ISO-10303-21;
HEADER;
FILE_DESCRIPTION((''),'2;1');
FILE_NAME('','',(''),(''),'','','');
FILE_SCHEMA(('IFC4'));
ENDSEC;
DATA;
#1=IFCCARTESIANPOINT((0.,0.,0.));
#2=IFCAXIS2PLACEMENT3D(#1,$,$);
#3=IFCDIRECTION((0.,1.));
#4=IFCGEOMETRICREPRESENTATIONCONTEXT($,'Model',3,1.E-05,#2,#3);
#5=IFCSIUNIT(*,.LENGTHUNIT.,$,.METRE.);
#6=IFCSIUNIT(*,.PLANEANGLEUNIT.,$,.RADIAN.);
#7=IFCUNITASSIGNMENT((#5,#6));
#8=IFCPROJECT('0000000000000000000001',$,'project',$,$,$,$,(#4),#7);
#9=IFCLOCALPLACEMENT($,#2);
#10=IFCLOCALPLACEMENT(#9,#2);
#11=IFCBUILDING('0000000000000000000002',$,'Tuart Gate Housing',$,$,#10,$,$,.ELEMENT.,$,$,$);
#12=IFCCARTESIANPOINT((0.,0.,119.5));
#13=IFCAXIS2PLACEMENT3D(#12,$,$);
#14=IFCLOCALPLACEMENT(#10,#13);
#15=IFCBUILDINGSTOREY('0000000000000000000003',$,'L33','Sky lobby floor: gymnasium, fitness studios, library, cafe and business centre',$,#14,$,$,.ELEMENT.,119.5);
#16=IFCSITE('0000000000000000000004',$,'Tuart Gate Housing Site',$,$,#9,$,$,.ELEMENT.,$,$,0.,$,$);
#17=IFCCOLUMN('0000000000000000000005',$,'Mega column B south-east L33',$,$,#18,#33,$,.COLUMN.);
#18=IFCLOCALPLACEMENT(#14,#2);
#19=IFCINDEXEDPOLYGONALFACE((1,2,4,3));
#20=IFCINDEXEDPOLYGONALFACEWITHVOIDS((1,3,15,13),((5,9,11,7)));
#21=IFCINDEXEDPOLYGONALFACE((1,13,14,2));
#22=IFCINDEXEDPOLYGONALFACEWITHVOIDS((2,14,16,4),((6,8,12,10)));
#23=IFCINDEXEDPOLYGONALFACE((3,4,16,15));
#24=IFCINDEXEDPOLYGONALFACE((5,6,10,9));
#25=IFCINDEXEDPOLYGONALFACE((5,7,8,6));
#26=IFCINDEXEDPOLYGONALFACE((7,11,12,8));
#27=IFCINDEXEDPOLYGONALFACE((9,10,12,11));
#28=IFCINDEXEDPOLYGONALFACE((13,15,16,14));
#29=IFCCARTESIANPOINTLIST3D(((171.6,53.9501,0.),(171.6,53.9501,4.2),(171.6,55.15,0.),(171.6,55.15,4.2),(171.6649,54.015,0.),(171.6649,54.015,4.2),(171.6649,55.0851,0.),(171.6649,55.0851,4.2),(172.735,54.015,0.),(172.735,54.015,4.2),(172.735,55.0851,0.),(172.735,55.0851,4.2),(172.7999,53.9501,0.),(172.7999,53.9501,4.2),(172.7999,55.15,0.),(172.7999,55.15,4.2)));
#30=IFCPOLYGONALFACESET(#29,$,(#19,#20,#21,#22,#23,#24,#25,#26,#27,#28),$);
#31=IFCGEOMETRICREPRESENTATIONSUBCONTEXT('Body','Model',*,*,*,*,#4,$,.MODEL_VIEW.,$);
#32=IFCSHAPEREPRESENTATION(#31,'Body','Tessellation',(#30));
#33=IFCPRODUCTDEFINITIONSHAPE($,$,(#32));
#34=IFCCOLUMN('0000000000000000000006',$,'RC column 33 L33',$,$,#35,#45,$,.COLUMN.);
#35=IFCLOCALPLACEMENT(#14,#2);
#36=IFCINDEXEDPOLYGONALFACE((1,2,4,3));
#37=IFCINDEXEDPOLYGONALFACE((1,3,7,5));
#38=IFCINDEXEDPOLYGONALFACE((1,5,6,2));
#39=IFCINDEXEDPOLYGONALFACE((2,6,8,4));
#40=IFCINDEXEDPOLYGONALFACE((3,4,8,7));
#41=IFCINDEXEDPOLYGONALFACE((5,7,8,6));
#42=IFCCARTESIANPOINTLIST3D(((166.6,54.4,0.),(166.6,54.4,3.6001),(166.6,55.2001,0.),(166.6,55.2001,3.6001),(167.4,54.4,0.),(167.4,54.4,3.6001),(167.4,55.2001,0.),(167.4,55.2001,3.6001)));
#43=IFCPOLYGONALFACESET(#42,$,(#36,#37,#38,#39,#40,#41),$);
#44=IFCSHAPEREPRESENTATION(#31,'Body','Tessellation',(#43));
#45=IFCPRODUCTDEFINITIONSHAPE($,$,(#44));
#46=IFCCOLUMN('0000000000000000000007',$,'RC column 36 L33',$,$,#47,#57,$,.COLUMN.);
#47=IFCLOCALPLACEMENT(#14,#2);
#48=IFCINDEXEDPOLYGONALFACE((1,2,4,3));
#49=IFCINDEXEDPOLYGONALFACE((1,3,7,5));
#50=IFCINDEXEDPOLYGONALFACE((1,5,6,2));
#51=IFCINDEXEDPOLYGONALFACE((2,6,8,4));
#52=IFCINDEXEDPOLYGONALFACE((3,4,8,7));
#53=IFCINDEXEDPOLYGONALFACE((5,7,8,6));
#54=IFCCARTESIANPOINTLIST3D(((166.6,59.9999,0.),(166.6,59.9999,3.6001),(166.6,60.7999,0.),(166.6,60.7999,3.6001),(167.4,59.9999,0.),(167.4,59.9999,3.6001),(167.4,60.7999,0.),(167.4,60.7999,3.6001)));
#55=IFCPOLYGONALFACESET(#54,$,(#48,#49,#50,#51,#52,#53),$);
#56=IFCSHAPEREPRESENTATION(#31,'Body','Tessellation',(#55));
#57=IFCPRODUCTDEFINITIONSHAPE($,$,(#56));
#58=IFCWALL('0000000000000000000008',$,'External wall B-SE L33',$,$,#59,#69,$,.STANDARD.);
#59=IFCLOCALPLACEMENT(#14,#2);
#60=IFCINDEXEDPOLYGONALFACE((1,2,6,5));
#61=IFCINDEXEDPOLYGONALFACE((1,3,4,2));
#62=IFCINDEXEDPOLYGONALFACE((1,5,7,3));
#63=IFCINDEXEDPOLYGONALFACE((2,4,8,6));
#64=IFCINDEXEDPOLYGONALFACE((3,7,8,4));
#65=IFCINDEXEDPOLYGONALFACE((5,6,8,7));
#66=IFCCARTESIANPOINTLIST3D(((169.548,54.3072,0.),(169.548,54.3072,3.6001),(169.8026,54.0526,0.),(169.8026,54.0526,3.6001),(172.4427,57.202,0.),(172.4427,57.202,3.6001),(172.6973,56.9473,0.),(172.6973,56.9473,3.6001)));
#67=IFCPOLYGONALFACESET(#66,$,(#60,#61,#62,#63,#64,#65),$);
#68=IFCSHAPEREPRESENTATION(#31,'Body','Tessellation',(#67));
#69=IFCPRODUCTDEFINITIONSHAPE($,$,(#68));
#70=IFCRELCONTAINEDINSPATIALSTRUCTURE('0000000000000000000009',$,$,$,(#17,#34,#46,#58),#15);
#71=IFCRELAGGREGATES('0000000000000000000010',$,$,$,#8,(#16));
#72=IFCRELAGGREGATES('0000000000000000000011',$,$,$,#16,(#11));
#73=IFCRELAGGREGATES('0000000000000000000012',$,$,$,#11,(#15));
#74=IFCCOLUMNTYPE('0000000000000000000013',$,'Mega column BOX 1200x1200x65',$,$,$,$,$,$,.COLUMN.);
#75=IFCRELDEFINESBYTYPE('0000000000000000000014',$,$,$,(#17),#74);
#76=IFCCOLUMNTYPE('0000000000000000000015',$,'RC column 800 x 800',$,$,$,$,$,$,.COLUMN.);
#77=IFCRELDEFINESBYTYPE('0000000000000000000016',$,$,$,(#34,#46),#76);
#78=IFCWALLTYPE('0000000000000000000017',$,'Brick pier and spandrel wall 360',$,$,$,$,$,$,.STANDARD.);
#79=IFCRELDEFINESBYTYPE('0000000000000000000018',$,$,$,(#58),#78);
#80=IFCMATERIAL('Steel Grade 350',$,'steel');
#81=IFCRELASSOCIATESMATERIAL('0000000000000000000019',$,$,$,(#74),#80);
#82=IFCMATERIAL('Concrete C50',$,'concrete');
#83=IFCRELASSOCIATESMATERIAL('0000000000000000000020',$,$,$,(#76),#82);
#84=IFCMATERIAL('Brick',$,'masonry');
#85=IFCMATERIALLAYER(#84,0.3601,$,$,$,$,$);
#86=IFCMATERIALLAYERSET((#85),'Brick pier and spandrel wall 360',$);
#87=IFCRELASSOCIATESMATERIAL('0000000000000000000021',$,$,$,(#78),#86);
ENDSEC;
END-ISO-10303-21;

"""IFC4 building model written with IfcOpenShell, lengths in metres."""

from ifc_helpers import new_model, si_unit, direction, frame, frame_2d, origin, origin_2d, place, context, subcontext, project, spatial, rectangle, hollow_rectangle, extrude, material, layer, layer_set, material_profile, profile_set, type_object, element, save


model = new_model("IFC4")

# Units and contexts
model_context = context("Model", 3, precision=1e-05, world=origin(), true_north=direction((0.0, 1.0)))
body_context = subcontext(model_context, "Body", "Model", "MODEL_VIEW")
ifc_project = project(units=[si_unit("LENGTHUNIT", "METRE"), si_unit("PLANEANGLEUNIT", "RADIAN")], contexts=[model_context])

# Site, building, storey
site_placement = place(None, origin())
site = spatial("IfcSite", under=ifc_project, at=site_placement, Name="Tuart Gate Housing Site", CompositionType="ELEMENT", RefElevation=0.0)
building_placement = place(site_placement, origin())
building = spatial("IfcBuilding", under=site, at=building_placement, Name="Tuart Gate Housing", CompositionType="ELEMENT")
storey_placement = place(building_placement, frame((0.0, 0.0, 119.5)))
storey = spatial("IfcBuildingStorey", under=building, at=storey_placement, Name="L33", Description="Sky lobby floor: gymnasium, fitness studios, library, cafe and business centre", CompositionType="ELEMENT", Elevation=119.5)

# Columns
ifc_material_1 = material(Name="Steel Grade 350", Category="steel")
ifc_material_profile_1 = material_profile(ifc_material_1, hollow_rectangle(XDim=1.2, YDim=1.2, WallThickness=0.0649, at=origin_2d()), Name="BOX 1200x1200x65")
ifc_profile_set_1 = profile_set([ifc_material_profile_1], Name="Steel Grade 350")
column_type_1 = type_object("IfcColumnType", Name="Mega column BOX 1200x1200x65", PredefinedType="COLUMN", material=ifc_profile_set_1)
column_placement = place(storey_placement, frame((172.2, 54.55, 0.0), z_axis=(0.0, 0.0, 1.0), x_axis=(1.0, 0.0, 0.0)))
element("IfcColumn", 1, at=column_placement, inside=storey, type_object=column_type_1, Name="Mega column B south-east L33", PredefinedType="COLUMN", context=body_context, shape_type="SweptSolid", body=[
    extrude(hollow_rectangle(XDim=1.2, YDim=1.2, WallThickness=0.0649, at=origin_2d()), origin(), (0.0, 0.0, 1.0), 4.2),
])
ifc_material_2 = material(Name="Concrete C50", Category="concrete")
ifc_material_profile_2 = material_profile(ifc_material_2, rectangle(XDim=0.8, YDim=0.8, at=origin_2d()), Name="RC column 800 x 800")
ifc_profile_set_2 = profile_set([ifc_material_profile_2], Name="Concrete C50")
column_type_2 = type_object("IfcColumnType", Name="RC column 800 x 800", PredefinedType="COLUMN", material=ifc_profile_set_2)
for number, where, z_axis, x_axis, name in (
    (2, (167.0, 54.8, 0.0), (0.0, 0.0, 1.0), (1.0, 0.0, 0.0), "RC column 33 L33"),
    (3, (167.0, 60.3999, 0.0), (0.0, 0.0, 1.0), (1.0, 0.0, 0.0), "RC column 36 L33"),
):
    element("IfcColumn", number, at=place(storey_placement, frame(where, z_axis=z_axis, x_axis=x_axis)), inside=storey, type_object=column_type_2, Name=name, PredefinedType="COLUMN", context=body_context, shape_type="SweptSolid", body=[
        extrude(rectangle(XDim=0.8, YDim=0.8, at=origin_2d()), origin(), (0.0, 0.0, 1.0), 3.6001),
    ])

# Wall
ifc_material_3 = material(Name="Brick", Category="masonry")
ifc_layer_1 = layer(ifc_material_3, 0.3601)
ifc_layer_set_1 = layer_set([ifc_layer_1], Name="Brick pier and spandrel wall 360")
wall_type_1 = type_object("IfcWallType", Name="Brick pier and spandrel wall 360", PredefinedType="STANDARD", material=ifc_layer_set_1)
wall_1_placement = place(storey_placement, frame((169.6753, 54.1799, 0.0), z_axis=(0.0, 0.0, 1.0), x_axis=(0.707107, 0.707107, 0.0)))
element("IfcWall", 4, at=wall_1_placement, inside=storey, type_object=wall_type_1, Name="External wall B-SE L33", PredefinedType="STANDARD", context=body_context, shape_type="SweptSolid", body=[
    extrude(rectangle(XDim=4.0938, YDim=0.3601, at=frame_2d((2.0469, 0.0))), origin(), (0.0, 0.0, 1.0), 3.6001),
])

save(model, "model.ifc")
